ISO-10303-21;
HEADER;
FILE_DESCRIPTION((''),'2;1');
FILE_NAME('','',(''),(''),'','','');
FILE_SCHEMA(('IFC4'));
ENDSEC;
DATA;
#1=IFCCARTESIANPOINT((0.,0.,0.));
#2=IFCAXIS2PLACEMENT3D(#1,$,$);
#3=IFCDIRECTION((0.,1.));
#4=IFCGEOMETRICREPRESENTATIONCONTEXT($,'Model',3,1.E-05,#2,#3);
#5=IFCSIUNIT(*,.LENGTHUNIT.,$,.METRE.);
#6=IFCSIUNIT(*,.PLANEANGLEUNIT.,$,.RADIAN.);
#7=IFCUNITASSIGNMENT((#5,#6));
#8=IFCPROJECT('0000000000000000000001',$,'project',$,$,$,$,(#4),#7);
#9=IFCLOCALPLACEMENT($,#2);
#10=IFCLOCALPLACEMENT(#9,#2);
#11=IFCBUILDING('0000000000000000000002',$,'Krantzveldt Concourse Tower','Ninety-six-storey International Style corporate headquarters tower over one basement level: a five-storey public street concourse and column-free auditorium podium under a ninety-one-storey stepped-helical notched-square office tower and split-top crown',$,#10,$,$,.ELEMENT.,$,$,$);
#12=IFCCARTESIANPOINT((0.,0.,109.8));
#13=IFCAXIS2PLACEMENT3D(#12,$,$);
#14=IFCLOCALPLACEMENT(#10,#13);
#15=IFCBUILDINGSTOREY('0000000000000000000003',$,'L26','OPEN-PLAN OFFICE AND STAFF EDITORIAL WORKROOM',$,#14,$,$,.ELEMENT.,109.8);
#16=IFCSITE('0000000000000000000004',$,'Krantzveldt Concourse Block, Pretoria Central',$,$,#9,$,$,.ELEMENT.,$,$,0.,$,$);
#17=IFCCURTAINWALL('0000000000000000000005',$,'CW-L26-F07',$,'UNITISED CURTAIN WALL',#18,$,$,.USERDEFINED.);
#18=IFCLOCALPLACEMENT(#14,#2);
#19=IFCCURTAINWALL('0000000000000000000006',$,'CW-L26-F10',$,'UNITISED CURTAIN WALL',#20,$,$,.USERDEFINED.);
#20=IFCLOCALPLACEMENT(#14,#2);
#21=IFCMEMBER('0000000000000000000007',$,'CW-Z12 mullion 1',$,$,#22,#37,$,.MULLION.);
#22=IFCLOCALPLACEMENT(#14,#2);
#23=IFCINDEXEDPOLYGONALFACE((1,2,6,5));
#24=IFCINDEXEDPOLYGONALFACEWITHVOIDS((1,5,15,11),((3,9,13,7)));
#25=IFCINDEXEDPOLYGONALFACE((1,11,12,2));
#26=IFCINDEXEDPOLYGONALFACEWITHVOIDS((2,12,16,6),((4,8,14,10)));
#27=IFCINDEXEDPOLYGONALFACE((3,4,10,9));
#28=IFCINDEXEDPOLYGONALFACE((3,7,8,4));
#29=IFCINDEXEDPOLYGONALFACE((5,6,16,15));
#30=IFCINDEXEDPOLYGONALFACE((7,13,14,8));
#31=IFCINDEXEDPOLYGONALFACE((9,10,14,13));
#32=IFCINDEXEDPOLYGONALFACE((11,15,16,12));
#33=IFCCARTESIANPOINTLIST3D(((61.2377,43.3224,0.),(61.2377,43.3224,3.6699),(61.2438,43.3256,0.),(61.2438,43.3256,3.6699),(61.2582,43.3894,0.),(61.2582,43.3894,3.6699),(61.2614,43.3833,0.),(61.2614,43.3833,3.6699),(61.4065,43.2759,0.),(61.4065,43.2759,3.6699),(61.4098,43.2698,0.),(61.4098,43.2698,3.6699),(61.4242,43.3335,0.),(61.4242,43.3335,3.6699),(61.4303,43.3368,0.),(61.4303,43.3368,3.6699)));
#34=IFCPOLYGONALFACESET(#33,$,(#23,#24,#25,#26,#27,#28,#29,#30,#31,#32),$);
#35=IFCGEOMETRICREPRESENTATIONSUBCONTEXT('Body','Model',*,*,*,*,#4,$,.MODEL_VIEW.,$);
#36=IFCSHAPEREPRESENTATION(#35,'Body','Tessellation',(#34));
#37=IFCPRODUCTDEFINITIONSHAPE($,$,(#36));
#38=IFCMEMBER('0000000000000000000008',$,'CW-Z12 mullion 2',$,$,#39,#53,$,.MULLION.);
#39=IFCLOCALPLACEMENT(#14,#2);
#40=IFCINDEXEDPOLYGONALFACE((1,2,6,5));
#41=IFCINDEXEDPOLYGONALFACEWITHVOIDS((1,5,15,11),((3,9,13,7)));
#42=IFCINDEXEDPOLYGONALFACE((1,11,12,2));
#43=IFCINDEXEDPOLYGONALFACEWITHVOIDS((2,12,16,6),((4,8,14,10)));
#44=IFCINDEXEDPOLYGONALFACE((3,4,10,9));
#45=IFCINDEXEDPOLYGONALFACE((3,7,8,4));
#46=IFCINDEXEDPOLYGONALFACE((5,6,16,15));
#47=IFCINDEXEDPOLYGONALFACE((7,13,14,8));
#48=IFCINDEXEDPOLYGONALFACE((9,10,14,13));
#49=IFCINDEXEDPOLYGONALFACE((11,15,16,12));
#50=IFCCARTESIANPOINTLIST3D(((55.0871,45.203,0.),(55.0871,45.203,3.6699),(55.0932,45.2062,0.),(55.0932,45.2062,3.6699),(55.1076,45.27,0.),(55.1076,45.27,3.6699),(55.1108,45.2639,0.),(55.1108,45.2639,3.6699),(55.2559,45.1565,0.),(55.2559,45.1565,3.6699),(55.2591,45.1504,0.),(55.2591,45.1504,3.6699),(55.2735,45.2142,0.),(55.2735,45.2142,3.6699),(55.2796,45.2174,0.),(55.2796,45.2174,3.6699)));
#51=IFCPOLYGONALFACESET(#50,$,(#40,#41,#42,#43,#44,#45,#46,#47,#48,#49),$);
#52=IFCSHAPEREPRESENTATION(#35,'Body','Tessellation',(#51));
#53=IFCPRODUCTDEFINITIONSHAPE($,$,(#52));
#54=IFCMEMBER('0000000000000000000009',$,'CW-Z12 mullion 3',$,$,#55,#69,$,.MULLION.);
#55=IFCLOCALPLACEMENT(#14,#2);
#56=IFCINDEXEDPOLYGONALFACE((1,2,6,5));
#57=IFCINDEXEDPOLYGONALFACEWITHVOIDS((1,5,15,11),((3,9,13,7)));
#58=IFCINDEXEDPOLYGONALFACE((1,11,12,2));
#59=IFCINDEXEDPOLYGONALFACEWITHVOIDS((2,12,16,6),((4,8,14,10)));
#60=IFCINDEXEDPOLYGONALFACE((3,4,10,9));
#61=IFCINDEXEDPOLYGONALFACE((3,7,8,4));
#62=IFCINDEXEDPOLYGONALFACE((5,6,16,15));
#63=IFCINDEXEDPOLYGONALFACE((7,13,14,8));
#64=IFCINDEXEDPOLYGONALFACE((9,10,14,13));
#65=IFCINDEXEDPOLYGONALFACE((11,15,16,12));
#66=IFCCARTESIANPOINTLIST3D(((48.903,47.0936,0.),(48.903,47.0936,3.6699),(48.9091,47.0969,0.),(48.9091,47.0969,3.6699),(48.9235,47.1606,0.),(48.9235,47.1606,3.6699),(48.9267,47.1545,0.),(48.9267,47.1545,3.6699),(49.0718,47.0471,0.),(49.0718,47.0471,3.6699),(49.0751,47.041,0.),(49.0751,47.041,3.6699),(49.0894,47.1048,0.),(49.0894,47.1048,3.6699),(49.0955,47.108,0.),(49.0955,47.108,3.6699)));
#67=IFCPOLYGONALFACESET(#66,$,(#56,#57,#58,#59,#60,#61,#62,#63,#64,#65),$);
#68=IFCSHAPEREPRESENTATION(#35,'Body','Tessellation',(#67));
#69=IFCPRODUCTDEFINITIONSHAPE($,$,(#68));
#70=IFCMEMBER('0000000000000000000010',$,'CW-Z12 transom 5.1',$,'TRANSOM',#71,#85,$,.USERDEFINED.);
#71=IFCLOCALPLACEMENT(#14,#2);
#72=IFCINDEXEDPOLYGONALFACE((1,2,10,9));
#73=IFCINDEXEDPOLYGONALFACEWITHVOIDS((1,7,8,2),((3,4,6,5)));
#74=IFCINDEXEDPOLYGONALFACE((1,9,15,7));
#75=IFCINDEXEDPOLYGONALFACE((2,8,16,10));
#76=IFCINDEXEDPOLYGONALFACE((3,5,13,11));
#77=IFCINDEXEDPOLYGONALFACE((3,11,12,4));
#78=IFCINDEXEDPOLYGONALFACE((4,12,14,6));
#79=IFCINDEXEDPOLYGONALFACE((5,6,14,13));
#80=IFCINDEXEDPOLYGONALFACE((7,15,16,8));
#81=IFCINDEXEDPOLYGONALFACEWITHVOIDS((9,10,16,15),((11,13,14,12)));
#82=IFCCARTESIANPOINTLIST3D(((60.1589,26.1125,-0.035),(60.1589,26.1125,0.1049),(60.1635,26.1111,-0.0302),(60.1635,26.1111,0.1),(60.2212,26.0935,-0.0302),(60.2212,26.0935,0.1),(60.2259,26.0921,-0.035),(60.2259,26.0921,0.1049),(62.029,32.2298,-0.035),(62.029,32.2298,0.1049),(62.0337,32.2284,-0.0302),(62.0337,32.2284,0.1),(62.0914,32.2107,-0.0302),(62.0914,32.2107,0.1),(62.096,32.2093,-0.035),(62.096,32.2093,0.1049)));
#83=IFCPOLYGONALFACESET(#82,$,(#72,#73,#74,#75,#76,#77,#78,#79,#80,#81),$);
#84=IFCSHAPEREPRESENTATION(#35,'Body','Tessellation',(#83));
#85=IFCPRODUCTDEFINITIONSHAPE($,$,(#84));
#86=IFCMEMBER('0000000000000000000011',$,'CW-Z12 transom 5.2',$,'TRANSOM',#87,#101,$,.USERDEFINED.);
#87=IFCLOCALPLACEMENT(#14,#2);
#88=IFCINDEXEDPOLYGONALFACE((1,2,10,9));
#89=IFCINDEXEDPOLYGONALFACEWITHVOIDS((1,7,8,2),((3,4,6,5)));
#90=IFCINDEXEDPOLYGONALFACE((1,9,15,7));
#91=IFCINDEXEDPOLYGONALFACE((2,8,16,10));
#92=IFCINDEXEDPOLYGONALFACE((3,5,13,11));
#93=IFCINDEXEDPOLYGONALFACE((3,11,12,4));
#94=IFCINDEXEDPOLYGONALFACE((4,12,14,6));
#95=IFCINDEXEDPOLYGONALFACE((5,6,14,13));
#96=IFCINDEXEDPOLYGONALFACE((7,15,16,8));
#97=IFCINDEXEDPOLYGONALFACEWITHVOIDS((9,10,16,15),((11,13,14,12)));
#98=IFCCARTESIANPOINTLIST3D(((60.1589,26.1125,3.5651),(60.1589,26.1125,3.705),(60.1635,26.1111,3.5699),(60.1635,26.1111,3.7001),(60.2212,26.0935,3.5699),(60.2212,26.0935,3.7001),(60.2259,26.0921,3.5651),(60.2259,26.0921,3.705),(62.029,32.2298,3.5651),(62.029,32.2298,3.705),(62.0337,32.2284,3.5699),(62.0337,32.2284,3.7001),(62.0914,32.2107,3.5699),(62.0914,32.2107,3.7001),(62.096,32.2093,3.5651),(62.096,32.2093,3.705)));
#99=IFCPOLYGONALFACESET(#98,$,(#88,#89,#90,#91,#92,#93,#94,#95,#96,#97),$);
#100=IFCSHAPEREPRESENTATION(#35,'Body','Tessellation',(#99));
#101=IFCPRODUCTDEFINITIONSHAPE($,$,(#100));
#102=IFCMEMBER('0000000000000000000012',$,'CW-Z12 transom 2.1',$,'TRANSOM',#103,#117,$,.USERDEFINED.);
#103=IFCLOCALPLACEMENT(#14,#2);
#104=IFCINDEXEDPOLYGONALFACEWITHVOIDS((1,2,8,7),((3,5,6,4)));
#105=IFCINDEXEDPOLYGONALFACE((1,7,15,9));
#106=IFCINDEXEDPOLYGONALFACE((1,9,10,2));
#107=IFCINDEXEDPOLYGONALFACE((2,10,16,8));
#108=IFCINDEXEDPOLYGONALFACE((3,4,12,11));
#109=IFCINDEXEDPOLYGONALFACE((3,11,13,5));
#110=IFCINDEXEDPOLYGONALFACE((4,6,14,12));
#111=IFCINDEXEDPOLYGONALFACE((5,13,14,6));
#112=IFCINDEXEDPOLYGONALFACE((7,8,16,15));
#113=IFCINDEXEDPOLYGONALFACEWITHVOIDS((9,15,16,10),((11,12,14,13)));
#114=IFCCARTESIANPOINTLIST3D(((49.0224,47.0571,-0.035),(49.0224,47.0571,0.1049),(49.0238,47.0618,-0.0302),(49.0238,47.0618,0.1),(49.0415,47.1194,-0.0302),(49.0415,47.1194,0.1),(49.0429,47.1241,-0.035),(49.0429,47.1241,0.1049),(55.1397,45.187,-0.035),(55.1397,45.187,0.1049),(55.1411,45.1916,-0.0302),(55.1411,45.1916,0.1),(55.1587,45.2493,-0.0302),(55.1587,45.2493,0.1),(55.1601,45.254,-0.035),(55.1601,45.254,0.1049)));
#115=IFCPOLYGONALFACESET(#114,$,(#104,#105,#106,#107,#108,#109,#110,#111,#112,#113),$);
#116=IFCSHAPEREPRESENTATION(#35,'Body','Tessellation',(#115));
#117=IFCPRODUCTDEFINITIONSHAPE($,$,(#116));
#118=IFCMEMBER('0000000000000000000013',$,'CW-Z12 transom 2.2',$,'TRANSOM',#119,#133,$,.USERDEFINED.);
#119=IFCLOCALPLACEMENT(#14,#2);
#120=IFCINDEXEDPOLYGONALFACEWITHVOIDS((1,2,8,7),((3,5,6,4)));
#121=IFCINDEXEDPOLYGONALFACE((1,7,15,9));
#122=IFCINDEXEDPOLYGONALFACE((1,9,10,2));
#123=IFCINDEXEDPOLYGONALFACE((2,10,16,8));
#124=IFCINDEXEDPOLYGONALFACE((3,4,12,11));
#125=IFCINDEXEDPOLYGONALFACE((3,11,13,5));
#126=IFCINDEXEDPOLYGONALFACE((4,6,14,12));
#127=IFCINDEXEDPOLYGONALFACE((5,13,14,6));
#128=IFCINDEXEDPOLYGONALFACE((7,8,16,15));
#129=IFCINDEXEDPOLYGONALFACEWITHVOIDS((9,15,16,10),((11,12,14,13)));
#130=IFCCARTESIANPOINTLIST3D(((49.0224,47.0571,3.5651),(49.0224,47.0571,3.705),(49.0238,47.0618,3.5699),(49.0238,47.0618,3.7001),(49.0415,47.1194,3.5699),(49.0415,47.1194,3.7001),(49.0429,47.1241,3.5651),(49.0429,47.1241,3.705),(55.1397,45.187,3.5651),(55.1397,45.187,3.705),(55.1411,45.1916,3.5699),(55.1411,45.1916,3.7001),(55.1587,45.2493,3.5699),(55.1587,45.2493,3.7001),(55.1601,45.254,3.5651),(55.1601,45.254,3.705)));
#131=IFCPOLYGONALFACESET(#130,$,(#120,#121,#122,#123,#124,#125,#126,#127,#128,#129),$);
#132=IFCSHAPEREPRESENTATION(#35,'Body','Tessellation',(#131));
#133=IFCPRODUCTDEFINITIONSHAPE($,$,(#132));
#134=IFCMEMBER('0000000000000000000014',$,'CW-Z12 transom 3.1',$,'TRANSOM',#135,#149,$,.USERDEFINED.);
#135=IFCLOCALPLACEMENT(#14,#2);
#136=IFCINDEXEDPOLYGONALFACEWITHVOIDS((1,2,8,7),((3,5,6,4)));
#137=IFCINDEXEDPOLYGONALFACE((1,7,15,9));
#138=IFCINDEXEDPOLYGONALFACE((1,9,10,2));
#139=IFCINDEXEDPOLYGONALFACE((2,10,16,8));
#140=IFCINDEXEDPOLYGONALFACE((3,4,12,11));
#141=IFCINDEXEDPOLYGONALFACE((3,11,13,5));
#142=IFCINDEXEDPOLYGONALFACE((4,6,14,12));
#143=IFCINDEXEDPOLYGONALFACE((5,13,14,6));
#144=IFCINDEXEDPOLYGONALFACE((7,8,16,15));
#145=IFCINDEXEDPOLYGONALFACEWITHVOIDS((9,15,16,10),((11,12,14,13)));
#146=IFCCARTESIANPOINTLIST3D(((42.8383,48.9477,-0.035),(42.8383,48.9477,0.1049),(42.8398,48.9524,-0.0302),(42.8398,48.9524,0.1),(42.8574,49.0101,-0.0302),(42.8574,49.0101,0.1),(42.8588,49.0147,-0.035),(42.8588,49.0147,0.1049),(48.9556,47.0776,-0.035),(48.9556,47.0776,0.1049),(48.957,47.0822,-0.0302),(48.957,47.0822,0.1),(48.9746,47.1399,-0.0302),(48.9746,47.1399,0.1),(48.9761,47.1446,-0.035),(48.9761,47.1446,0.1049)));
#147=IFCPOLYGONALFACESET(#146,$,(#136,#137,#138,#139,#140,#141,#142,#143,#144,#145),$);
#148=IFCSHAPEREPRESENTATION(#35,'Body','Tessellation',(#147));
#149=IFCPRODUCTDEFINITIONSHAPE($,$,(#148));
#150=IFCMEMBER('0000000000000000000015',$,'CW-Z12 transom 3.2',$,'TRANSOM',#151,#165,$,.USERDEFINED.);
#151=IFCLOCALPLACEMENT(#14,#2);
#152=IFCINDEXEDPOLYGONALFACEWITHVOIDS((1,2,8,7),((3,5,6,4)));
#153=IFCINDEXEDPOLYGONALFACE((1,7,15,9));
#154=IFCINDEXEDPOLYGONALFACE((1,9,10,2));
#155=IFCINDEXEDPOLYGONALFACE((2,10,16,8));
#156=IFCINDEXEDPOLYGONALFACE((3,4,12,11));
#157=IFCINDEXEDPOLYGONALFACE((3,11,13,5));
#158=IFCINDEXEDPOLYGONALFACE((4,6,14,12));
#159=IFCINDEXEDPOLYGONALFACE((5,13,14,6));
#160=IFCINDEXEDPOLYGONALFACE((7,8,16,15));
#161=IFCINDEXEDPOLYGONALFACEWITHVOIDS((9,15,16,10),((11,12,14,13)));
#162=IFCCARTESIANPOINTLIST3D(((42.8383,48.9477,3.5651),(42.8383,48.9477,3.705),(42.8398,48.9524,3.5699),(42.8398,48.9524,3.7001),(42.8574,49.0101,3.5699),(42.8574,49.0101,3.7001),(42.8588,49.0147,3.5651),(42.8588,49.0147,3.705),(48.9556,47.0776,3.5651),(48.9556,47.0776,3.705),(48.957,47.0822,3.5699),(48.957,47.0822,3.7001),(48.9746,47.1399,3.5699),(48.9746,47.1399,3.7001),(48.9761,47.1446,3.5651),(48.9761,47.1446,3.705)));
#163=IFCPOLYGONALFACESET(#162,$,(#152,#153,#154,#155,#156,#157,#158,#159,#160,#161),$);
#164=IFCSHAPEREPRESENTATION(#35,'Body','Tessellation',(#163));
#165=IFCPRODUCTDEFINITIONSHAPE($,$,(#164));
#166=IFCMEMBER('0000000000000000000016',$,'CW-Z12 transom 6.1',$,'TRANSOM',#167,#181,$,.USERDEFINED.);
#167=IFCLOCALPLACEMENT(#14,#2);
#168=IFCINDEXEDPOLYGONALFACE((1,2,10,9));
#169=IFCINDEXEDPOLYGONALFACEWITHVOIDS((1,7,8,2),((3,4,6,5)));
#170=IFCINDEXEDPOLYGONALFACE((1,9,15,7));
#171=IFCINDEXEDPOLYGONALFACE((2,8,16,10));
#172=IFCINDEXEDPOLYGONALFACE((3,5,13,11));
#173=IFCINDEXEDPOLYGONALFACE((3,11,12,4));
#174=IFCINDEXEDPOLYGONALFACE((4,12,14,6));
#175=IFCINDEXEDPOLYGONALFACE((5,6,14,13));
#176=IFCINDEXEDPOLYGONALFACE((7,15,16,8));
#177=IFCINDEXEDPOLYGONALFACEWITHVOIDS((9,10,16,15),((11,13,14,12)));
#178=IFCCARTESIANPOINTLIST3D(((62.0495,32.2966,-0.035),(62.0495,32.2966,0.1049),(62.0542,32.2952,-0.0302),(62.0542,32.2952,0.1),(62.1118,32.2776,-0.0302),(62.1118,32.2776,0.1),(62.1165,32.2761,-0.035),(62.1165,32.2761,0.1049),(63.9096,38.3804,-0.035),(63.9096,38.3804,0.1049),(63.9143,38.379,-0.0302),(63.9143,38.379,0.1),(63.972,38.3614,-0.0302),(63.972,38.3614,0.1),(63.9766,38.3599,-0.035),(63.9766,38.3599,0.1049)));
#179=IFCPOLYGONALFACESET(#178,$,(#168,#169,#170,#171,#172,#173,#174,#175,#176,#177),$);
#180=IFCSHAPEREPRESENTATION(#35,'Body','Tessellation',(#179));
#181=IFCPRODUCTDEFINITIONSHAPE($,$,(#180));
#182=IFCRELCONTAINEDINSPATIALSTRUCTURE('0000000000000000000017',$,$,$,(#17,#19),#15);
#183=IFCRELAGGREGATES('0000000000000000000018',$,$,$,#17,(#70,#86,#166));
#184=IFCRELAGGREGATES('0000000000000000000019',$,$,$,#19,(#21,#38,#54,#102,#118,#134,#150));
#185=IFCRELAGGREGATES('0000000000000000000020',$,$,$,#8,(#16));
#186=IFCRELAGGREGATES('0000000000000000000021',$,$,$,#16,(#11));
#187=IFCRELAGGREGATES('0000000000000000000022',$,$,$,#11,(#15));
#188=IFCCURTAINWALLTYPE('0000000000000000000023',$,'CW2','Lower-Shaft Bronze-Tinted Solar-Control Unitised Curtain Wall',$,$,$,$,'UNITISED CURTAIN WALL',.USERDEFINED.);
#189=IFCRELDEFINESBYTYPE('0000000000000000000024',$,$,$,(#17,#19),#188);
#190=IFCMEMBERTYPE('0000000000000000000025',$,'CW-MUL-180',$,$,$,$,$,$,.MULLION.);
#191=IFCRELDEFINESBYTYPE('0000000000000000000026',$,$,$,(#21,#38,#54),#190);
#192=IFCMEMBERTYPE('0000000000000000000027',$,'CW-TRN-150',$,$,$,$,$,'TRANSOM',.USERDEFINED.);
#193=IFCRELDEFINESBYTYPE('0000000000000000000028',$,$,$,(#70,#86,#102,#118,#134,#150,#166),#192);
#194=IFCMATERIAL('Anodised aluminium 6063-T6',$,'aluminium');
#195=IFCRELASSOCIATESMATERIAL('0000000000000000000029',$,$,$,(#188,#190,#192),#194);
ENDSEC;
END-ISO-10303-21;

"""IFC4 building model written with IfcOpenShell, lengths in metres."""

from ifc_helpers import new_model, si_unit, direction, frame, origin, origin_2d, place, context, subcontext, project, spatial, hollow_rectangle, extrude, source, transform, mapped, material, material_profile, profile_set, type_object, type_shapes, element, aggregate, save


model = new_model("IFC4")

# Units and contexts
model_context = context("Model", 3, precision=1e-05, world=origin(), true_north=direction((0.0, 1.0)))
body_context = subcontext(model_context, "Body", "Model", "MODEL_VIEW")
ifc_project = project(units=[si_unit("LENGTHUNIT", "METRE"), si_unit("PLANEANGLEUNIT", "RADIAN")], contexts=[model_context])

# Site, building, storey
site_placement = place(None, origin())
site = spatial("IfcSite", under=ifc_project, at=site_placement, Name="Krantzveldt Concourse Block, Pretoria Central", CompositionType="ELEMENT", RefElevation=0.0)
building_placement = place(site_placement, origin())
building = spatial("IfcBuilding", under=site, at=building_placement, Name="Krantzveldt Concourse Tower", Description="Ninety-six-storey International Style corporate headquarters tower over one basement level: a five-storey public street concourse and column-free auditorium podium under a ninety-one-storey stepped-helical notched-square office tower and split-top crown", CompositionType="ELEMENT")
storey_placement = place(building_placement, frame((0.0, 0.0, 109.8)))
storey = spatial("IfcBuildingStorey", under=building, at=storey_placement, Name="L26", Description="OPEN-PLAN OFFICE AND STAFF EDITORIAL WORKROOM", CompositionType="ELEMENT", Elevation=109.8)

# Curtain walls, members
ifc_material_1 = material(Name="Anodised aluminium 6063-T6", Category="aluminium")
curtain_wall_type = type_object("IfcCurtainWallType", Name="CW2", Description="Lower-Shaft Bronze-Tinted Solar-Control Unitised Curtain Wall", ElementType="UNITISED CURTAIN WALL", PredefinedType="USERDEFINED", material=ifc_material_1)
curtain_wall_1_placement = place(storey_placement, origin())
curtain_wall_1 = element("IfcCurtainWall", 1, at=curtain_wall_1_placement, inside=storey, type_object=curtain_wall_type, Name="CW-L26-F07", ObjectType="UNITISED CURTAIN WALL", PredefinedType="USERDEFINED")
ifc_material_profile_1 = material_profile(ifc_material_1, hollow_rectangle(XDim=0.0701, YDim=0.1799, WallThickness=0.0049, at=origin_2d()), Name="Anodised aluminium 6063-T6", Category="aluminium")
ifc_profile_set_1 = profile_set([ifc_material_profile_1], Name="Anodised aluminium 6063-T6 - ALU-MULL 180x70x5")
member_type_1 = type_object("IfcMemberType", Name="CW-MUL-180", PredefinedType="MULLION", material=ifc_profile_set_1)
shared_shape_1 = source(origin(), body_context, "Body", "SweptSolid", [
    extrude(hollow_rectangle(XDim=0.0701, YDim=0.1799, WallThickness=0.0049, at=origin_2d()), origin(), (0.0, 0.0, 1.0), 3.6699),
])
type_shapes(member_type_1, [shared_shape_1])
curtain_wall_2_placement = place(storey_placement, origin())
curtain_wall_2 = element("IfcCurtainWall", 2, at=curtain_wall_2_placement, inside=storey, type_object=curtain_wall_type, Name="CW-L26-F10", ObjectType="UNITISED CURTAIN WALL", PredefinedType="USERDEFINED")
member_1_placement = place(storey_placement, frame((61.334, 43.3296, 0.0), z_axis=(0.0, 0.0, 1.0), x_axis=(-0.292372, -0.956305, 0.0)))
member_1 = element("IfcMember", 3, at=member_1_placement, type_object=member_type_1, Name="CW-Z12 mullion 1", PredefinedType="MULLION", context=body_context, shape_type="MappedRepresentation", body=[
    mapped(shared_shape_1, transform((0.0, 0.0, 0.0), x_axis=(1.0, 0.0, 0.0), y_axis=(0.0, 1.0, 0.0), z_axis=(0.0, 0.0, 1.0), scale=1.0)),
])
member_2_placement = place(storey_placement, frame((55.1833, 45.2102, 0.0), z_axis=(0.0, 0.0, 1.0), x_axis=(-0.292372, -0.956305, 0.0)))
member_2 = element("IfcMember", 4, at=member_2_placement, type_object=member_type_1, Name="CW-Z12 mullion 2", PredefinedType="MULLION", context=body_context, shape_type="MappedRepresentation", body=[
    mapped(shared_shape_1, transform((0.0, 0.0, 0.0), x_axis=(1.0, 0.0, 0.0), y_axis=(0.0, 1.0, 0.0), z_axis=(0.0, 0.0, 1.0), scale=1.0)),
])
member_3_placement = place(storey_placement, frame((48.9993, 47.1008, 0.0), z_axis=(0.0, 0.0, 1.0), x_axis=(-0.292372, -0.956305, 0.0)))
member_3 = element("IfcMember", 5, at=member_3_placement, type_object=member_type_1, Name="CW-Z12 mullion 3", PredefinedType="MULLION", context=body_context, shape_type="MappedRepresentation", body=[
    mapped(shared_shape_1, transform((0.0, 0.0, 0.0), x_axis=(1.0, 0.0, 0.0), y_axis=(0.0, 1.0, 0.0), z_axis=(0.0, 0.0, 1.0), scale=1.0)),
])

# Members
ifc_material_profile_2 = material_profile(ifc_material_1, hollow_rectangle(XDim=0.0701, YDim=0.1399, WallThickness=0.0049, at=origin_2d()), Name="Anodised aluminium 6063-T6", Category="aluminium")
ifc_profile_set_2 = profile_set([ifc_material_profile_2], Name="Anodised aluminium 6063-T6 - ALU-TRAN 140x70x5")
member_type_2 = type_object("IfcMemberType", Name="CW-TRN-150", ElementType="TRANSOM", PredefinedType="USERDEFINED", material=ifc_profile_set_2)
shared_shape_2 = source(origin(), body_context, "Body", "SweptSolid", [
    extrude(hollow_rectangle(XDim=0.0701, YDim=0.1399, WallThickness=0.0049, at=origin_2d()), origin(), (0.0, 0.0, 1.0), 6.3967),
])
member_4_placement = place(storey_placement, frame((60.1924, 26.1023, 0.0349), z_axis=(0.292358, 0.956309, 0.0), x_axis=(-0.956309, 0.292358, 0.0)))
member_4 = element("IfcMember", 6, at=member_4_placement, type_object=member_type_2, Name="CW-Z12 transom 5.1", ObjectType="TRANSOM", PredefinedType="USERDEFINED", context=body_context, shape_type="MappedRepresentation", body=[
    mapped(shared_shape_2, transform((0.0, 0.0, 0.0), x_axis=(1.0, 0.0, 0.0), y_axis=(0.0, 1.0, 0.0), z_axis=(0.0, 0.0, 1.0), scale=1.0)),
])
member_5_placement = place(storey_placement, frame((60.1924, 26.1023, 3.635), z_axis=(0.292358, 0.956309, 0.0), x_axis=(-0.956309, 0.292358, 0.0)))
member_5 = element("IfcMember", 7, at=member_5_placement, type_object=member_type_2, Name="CW-Z12 transom 5.2", ObjectType="TRANSOM", PredefinedType="USERDEFINED", context=body_context, shape_type="MappedRepresentation", body=[
    mapped(shared_shape_2, transform((0.0, 0.0, 0.0), x_axis=(1.0, 0.0, 0.0), y_axis=(0.0, 1.0, 0.0), z_axis=(0.0, 0.0, 1.0), scale=1.0)),
])
member_6_placement = place(storey_placement, frame((55.1499, 45.2205, 0.0349), z_axis=(-0.956309, 0.292358, 0.0), x_axis=(-0.292358, -0.956309, 0.0)))
member_6 = element("IfcMember", 8, at=member_6_placement, type_object=member_type_2, Name="CW-Z12 transom 2.1", ObjectType="TRANSOM", PredefinedType="USERDEFINED", context=body_context, shape_type="MappedRepresentation", body=[
    mapped(shared_shape_2, transform((0.0, 0.0, 0.0), x_axis=(1.0, 0.0, 0.0), y_axis=(0.0, 1.0, 0.0), z_axis=(0.0, 0.0, 1.0), scale=1.0)),
])
member_7_placement = place(storey_placement, frame((55.1499, 45.2205, 3.635), z_axis=(-0.956309, 0.292358, 0.0), x_axis=(-0.292358, -0.956309, 0.0)))
member_7 = element("IfcMember", 9, at=member_7_placement, type_object=member_type_2, Name="CW-Z12 transom 2.2", ObjectType="TRANSOM", PredefinedType="USERDEFINED", context=body_context, shape_type="MappedRepresentation", body=[
    mapped(shared_shape_2, transform((0.0, 0.0, 0.0), x_axis=(1.0, 0.0, 0.0), y_axis=(0.0, 1.0, 0.0), z_axis=(0.0, 0.0, 1.0), scale=1.0)),
])
member_8_placement = place(storey_placement, frame((48.9658, 47.1111, 0.0349), z_axis=(-0.956309, 0.292358, 0.0), x_axis=(-0.292358, -0.956309, 0.0)))
member_8 = element("IfcMember", 10, at=member_8_placement, type_object=member_type_2, Name="CW-Z12 transom 3.1", ObjectType="TRANSOM", PredefinedType="USERDEFINED", context=body_context, shape_type="MappedRepresentation", body=[
    mapped(shared_shape_2, transform((0.0, 0.0, 0.0), x_axis=(1.0, 0.0, 0.0), y_axis=(0.0, 1.0, 0.0), z_axis=(0.0, 0.0, 1.0), scale=1.0)),
])
member_9_placement = place(storey_placement, frame((48.9658, 47.1111, 3.635), z_axis=(-0.956309, 0.292358, 0.0), x_axis=(-0.292358, -0.956309, 0.0)))
member_9 = element("IfcMember", 11, at=member_9_placement, type_object=member_type_2, Name="CW-Z12 transom 3.2", ObjectType="TRANSOM", PredefinedType="USERDEFINED", context=body_context, shape_type="MappedRepresentation", body=[
    mapped(shared_shape_2, transform((0.0, 0.0, 0.0), x_axis=(1.0, 0.0, 0.0), y_axis=(0.0, 1.0, 0.0), z_axis=(0.0, 0.0, 1.0), scale=1.0)),
])
shared_shape_3 = source(origin(), body_context, "Body", "SweptSolid", [
    extrude(hollow_rectangle(XDim=0.0701, YDim=0.1399, WallThickness=0.0049, at=origin_2d()), origin(), (0.0, 0.0, 1.0), 6.3618),
])
type_shapes(member_type_2, [shared_shape_2, shared_shape_3])
member_10_placement = place(storey_placement, frame((62.083, 32.2864, 0.0349), z_axis=(0.292389, 0.956299, 0.0), x_axis=(-0.956299, 0.292389, 0.0)))
member_10 = element("IfcMember", 12, at=member_10_placement, type_object=member_type_2, Name="CW-Z12 transom 6.1", ObjectType="TRANSOM", PredefinedType="USERDEFINED", context=body_context, shape_type="MappedRepresentation", body=[
    mapped(shared_shape_3, transform((0.0, 0.0, 0.0), x_axis=(1.0, 0.0, 0.0), y_axis=(0.0, 1.0, 0.0), z_axis=(0.0, 0.0, 1.0), scale=1.0)),
])

aggregate(curtain_wall_1, [member_4, member_5, member_10])
aggregate(curtain_wall_2, [member_1, member_2, member_3, member_6, member_7, member_8, member_9])

save(model, "model.ifc")
